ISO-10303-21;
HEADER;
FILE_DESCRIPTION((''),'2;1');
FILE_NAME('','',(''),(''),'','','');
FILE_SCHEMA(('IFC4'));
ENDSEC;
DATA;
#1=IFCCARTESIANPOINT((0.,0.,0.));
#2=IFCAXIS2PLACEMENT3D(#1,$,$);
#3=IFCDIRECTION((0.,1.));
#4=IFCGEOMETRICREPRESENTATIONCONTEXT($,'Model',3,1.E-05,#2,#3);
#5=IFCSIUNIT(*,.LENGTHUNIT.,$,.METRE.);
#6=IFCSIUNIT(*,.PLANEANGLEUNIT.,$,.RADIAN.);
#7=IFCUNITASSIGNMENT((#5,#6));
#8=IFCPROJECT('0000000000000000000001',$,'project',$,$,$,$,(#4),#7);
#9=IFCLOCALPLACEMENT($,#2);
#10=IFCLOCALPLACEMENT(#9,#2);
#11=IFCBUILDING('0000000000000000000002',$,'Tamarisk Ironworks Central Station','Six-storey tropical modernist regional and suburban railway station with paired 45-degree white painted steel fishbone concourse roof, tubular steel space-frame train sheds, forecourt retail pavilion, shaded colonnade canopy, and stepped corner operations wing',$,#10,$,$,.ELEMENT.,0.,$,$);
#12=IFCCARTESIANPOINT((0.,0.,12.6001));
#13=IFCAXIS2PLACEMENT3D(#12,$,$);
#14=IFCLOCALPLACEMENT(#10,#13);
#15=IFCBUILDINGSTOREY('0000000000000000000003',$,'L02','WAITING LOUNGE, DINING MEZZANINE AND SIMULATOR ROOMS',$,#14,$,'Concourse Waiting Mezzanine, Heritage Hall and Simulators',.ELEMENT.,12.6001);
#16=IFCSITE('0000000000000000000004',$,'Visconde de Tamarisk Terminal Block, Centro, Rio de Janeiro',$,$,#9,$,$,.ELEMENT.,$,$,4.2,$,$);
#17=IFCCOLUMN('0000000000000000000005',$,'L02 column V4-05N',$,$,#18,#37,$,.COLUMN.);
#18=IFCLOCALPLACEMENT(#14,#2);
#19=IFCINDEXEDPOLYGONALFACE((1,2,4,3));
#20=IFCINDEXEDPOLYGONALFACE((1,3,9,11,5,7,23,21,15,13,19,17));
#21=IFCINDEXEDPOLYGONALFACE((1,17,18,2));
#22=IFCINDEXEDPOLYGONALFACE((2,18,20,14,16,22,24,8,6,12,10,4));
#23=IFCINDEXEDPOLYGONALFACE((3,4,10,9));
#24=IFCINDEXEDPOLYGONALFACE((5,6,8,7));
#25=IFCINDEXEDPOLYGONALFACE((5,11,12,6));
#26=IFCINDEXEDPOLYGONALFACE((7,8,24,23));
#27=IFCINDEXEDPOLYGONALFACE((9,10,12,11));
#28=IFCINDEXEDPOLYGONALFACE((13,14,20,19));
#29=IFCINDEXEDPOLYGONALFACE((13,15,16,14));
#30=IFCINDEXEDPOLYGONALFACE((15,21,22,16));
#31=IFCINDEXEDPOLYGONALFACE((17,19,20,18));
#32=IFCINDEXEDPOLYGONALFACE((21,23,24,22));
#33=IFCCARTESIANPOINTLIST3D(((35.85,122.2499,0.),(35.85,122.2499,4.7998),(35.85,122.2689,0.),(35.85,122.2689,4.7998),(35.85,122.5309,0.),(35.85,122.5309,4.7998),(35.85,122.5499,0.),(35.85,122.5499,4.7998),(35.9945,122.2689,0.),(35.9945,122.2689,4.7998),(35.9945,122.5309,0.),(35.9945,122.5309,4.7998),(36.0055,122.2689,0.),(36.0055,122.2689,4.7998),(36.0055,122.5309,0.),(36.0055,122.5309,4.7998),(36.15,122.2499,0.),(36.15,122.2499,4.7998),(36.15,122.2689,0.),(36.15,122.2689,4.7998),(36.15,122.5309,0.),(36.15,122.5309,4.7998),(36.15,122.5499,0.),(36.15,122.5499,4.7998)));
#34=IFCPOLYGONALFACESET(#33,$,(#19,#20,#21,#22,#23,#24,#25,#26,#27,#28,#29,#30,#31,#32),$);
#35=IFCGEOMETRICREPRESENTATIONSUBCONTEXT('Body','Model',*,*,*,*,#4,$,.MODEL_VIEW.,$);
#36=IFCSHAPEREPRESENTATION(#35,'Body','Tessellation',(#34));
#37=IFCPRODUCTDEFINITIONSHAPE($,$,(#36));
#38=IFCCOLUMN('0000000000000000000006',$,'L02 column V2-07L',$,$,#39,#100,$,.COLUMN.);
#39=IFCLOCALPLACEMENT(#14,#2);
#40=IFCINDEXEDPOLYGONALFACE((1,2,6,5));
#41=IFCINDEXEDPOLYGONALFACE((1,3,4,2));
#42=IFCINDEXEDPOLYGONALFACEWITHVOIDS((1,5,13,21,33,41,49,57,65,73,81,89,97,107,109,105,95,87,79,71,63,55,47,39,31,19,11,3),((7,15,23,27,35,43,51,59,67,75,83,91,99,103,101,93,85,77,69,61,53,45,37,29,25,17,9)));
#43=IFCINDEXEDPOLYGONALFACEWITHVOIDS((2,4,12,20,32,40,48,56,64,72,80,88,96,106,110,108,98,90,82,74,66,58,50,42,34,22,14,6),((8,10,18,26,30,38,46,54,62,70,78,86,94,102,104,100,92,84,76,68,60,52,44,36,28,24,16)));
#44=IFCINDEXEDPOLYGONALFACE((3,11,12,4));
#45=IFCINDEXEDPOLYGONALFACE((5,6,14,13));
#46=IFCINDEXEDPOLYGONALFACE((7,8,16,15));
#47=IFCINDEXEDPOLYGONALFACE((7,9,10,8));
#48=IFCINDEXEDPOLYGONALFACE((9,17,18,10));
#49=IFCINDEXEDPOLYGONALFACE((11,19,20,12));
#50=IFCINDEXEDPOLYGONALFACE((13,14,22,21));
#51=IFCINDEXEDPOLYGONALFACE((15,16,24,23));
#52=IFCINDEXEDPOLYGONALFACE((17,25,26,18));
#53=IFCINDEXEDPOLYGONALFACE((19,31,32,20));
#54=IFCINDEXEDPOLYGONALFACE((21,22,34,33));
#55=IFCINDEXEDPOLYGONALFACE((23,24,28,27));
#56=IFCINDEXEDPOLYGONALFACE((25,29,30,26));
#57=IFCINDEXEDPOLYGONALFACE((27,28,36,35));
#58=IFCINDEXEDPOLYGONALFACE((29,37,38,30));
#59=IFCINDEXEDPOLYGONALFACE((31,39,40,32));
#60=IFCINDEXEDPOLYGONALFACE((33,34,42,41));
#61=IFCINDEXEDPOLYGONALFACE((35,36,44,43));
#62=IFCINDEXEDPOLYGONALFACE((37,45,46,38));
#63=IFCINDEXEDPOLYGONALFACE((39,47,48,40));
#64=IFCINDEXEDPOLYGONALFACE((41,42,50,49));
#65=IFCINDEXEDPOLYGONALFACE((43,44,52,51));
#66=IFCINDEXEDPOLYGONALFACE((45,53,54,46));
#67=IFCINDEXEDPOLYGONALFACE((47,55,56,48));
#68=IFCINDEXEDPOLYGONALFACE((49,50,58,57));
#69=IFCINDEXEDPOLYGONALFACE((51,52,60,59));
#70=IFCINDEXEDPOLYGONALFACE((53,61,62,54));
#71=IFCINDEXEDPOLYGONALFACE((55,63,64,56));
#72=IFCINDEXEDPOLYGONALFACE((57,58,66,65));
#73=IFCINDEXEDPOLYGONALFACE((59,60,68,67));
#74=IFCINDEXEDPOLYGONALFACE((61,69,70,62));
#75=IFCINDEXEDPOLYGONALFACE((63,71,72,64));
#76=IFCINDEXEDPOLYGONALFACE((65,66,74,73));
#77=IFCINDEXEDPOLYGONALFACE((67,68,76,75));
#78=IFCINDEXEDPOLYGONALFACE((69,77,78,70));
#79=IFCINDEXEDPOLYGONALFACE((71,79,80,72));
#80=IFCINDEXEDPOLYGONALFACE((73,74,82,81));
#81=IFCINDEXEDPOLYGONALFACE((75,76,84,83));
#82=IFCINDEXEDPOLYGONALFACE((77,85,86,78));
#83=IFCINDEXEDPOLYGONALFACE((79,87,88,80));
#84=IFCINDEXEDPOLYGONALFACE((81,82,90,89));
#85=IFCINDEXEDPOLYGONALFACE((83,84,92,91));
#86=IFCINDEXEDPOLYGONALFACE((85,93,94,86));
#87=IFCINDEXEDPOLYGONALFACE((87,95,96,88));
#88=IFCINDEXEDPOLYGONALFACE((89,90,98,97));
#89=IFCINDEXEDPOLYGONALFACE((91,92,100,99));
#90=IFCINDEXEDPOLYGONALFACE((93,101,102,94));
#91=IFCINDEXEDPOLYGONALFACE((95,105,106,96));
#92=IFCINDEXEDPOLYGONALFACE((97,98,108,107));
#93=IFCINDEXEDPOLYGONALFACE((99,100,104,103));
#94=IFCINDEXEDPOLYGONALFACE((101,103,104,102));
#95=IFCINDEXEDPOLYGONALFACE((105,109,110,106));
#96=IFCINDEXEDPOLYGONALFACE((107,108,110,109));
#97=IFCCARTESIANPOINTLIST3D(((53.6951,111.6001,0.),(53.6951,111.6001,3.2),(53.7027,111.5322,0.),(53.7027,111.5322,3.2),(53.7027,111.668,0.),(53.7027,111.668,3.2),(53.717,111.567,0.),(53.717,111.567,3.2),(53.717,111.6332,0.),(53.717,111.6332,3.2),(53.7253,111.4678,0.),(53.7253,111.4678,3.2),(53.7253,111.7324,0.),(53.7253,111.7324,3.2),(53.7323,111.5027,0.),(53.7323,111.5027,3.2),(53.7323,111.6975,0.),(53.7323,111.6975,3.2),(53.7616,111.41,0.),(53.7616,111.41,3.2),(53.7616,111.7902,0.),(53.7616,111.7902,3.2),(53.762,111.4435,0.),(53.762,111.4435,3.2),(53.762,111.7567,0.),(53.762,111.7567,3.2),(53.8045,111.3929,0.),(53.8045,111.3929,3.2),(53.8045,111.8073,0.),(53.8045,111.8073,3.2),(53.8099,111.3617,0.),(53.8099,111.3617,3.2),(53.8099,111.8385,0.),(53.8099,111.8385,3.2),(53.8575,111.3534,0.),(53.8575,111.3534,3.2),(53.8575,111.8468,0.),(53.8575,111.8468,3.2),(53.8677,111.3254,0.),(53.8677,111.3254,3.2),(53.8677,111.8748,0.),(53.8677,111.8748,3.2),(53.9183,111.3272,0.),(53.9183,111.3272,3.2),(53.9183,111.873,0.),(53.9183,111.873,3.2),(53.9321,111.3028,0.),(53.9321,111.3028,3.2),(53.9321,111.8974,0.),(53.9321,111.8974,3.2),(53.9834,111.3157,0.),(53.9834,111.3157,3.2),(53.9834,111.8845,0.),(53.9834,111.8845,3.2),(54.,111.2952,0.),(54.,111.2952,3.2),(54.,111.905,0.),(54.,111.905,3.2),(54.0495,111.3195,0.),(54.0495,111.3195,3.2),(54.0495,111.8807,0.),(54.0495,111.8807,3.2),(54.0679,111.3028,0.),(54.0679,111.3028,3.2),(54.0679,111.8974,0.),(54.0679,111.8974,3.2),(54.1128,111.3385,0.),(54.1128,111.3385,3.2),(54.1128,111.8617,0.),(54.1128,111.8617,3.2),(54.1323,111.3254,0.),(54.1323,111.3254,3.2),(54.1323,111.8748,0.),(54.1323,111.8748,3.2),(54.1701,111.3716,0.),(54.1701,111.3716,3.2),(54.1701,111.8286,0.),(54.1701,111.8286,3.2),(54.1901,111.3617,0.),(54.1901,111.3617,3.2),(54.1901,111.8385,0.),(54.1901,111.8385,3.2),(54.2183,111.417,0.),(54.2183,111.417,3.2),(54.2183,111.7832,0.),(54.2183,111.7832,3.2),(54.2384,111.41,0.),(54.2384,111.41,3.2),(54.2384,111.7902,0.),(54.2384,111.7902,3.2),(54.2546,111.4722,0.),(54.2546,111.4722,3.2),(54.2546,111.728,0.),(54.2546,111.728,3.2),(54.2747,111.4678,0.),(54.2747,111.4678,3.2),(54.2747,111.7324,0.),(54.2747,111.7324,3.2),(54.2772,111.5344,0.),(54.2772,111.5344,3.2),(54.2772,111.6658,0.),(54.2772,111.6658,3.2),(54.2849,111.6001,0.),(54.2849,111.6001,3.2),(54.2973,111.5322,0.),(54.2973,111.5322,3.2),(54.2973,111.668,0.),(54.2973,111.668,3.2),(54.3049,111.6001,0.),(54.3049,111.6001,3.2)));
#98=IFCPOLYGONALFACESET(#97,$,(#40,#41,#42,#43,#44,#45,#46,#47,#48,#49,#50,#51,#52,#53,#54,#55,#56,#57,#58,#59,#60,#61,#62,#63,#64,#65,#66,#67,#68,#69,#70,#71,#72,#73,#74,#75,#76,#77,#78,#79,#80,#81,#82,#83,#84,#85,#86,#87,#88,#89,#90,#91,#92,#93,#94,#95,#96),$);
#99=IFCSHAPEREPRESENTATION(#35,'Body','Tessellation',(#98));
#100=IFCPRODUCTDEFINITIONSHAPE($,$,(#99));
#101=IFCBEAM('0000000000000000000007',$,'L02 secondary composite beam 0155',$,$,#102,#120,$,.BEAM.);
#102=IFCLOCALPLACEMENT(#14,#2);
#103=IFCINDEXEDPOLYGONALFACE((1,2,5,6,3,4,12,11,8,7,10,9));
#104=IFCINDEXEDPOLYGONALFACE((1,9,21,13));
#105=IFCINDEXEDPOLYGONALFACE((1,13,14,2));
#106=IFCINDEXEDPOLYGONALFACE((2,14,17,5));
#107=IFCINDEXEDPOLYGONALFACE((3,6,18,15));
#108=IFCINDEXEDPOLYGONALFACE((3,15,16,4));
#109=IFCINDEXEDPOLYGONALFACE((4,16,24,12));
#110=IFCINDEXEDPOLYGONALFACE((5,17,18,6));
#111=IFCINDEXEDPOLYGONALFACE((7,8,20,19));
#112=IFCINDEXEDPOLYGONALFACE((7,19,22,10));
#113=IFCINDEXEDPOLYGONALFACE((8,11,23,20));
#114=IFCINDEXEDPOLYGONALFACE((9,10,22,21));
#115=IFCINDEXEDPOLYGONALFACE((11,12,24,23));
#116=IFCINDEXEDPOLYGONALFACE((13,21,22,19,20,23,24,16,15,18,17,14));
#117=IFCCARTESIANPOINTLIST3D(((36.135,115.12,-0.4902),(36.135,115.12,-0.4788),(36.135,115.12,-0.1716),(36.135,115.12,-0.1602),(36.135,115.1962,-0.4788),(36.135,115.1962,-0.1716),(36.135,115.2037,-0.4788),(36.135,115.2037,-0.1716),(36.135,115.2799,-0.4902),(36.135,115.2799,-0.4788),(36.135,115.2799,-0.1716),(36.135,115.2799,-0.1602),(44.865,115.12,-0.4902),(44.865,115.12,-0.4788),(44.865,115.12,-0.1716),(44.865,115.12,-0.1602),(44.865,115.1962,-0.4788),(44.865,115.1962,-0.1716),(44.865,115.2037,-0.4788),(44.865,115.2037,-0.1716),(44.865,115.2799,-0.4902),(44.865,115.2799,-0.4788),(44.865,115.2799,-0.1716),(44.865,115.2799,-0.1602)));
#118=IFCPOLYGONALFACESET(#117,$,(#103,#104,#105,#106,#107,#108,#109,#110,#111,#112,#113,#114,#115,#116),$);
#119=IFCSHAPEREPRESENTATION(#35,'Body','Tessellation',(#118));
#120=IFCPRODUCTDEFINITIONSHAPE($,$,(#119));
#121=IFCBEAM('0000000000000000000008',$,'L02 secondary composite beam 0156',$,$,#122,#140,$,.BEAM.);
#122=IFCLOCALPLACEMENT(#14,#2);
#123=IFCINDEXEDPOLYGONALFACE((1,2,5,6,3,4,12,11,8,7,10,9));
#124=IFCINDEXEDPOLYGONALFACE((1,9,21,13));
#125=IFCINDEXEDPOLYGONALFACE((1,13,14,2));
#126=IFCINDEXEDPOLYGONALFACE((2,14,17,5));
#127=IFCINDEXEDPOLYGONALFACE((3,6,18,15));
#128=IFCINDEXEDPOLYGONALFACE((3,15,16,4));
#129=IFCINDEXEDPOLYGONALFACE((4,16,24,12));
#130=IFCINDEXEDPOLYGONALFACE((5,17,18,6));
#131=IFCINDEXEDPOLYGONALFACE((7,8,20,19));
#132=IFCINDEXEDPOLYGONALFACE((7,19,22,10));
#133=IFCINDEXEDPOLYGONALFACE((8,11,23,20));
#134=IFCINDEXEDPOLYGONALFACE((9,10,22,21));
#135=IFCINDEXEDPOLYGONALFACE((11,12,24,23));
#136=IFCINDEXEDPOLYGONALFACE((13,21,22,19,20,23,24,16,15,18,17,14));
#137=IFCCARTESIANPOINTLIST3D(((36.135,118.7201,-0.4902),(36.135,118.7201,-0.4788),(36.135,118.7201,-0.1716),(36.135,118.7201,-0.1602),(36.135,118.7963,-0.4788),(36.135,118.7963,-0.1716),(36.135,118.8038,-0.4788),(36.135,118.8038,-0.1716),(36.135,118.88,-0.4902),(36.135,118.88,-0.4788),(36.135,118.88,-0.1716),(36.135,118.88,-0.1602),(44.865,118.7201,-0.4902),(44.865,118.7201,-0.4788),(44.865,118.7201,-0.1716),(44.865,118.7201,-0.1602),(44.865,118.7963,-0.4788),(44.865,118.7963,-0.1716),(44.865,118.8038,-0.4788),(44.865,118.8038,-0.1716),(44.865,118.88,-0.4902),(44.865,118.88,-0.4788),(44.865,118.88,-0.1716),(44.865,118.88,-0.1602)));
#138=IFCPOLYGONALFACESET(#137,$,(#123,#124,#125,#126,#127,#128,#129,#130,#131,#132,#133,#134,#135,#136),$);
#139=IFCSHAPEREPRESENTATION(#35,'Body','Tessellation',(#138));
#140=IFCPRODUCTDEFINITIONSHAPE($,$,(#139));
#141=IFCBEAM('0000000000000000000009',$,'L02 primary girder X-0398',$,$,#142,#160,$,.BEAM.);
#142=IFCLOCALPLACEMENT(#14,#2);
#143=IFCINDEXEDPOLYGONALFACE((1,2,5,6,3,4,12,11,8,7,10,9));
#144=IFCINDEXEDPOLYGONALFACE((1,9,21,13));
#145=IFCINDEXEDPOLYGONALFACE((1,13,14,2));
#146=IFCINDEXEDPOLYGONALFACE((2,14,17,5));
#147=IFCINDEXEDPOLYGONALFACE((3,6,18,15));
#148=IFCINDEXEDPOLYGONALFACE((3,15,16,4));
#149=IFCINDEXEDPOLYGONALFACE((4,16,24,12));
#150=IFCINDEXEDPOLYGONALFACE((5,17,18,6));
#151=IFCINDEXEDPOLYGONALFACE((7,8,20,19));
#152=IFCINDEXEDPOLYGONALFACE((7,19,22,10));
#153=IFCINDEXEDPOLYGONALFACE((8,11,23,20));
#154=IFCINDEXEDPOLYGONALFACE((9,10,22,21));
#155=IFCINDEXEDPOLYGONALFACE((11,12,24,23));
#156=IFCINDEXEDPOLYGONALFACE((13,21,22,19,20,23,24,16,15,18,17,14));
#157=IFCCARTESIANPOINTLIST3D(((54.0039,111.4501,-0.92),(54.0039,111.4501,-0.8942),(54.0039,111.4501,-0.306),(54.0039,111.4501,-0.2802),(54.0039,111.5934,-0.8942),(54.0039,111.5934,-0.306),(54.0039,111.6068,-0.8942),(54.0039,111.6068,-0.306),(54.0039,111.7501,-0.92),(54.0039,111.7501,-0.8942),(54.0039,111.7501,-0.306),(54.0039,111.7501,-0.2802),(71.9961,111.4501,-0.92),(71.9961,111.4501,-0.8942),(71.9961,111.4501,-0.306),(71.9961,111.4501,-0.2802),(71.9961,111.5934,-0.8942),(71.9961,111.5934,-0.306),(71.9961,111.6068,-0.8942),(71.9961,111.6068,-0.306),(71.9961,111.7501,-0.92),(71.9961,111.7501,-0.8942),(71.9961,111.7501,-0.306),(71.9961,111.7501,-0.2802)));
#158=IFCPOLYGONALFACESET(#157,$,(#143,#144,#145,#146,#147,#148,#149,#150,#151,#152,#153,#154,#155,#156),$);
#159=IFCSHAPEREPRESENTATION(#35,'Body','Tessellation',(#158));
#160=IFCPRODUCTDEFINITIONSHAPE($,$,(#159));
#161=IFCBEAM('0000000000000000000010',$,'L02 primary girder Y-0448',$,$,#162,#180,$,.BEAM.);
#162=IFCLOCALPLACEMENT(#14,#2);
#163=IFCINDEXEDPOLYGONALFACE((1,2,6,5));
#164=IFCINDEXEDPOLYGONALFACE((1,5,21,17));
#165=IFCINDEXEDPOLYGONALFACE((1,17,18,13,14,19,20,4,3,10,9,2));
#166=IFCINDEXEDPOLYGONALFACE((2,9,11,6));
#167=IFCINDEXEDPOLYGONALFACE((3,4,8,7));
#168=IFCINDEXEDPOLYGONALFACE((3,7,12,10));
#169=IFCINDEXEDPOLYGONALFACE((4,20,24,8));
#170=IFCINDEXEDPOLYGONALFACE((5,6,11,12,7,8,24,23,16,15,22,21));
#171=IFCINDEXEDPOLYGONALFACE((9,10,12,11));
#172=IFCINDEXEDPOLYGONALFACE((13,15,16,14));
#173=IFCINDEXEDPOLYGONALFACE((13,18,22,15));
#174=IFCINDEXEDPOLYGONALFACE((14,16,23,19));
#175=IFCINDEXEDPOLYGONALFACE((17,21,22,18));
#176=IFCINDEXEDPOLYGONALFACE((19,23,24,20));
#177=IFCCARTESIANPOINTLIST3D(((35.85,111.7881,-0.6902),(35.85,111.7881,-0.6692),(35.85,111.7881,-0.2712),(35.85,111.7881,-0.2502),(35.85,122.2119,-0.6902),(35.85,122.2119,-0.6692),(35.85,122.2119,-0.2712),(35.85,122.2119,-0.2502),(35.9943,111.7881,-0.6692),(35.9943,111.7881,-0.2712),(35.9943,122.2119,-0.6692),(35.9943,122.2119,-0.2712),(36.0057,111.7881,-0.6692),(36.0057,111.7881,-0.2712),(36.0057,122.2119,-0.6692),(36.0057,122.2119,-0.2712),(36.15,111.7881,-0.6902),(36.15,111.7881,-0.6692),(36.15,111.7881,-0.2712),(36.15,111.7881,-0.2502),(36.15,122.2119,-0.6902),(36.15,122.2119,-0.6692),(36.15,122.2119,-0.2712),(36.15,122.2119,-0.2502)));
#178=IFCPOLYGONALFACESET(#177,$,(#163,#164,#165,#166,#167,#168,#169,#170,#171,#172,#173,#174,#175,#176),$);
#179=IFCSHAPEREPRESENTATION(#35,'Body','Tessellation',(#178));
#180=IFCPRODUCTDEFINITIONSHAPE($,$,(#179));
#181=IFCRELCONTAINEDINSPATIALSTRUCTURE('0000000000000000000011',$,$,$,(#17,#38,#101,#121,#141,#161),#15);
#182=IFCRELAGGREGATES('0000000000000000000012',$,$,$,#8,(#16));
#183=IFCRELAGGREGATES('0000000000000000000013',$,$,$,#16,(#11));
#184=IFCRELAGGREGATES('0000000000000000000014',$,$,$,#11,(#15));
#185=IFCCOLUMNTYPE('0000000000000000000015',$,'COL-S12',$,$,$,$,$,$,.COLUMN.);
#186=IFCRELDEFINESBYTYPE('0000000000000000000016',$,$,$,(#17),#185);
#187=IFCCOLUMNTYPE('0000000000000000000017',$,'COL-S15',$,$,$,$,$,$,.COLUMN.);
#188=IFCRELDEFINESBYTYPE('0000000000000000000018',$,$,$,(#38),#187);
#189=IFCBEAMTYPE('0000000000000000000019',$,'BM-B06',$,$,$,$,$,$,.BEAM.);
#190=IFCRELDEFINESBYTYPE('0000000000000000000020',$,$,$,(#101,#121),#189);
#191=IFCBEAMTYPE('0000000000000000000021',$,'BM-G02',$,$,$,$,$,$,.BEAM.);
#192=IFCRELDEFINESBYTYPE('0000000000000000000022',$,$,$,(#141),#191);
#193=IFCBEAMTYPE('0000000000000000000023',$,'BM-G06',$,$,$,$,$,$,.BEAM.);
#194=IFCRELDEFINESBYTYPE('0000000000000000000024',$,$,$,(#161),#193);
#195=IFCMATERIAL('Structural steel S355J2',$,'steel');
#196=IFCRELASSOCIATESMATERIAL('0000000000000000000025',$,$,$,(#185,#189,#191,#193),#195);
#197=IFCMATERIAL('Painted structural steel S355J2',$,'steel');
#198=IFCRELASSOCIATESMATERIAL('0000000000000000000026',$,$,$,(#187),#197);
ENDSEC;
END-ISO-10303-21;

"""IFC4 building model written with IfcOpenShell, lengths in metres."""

from ifc_helpers import new_model, si_unit, direction, frame, origin, origin_2d, place, context, subcontext, project, spatial, hollow_circle, i_section, extrude, material, material_profile, profile_set, type_object, element, save


model = new_model("IFC4")

# Units and contexts
model_context = context("Model", 3, precision=1e-05, world=origin(), true_north=direction((0.0, 1.0)))
body_context = subcontext(model_context, "Body", "Model", "MODEL_VIEW")
ifc_project = project(units=[si_unit("LENGTHUNIT", "METRE"), si_unit("PLANEANGLEUNIT", "RADIAN")], contexts=[model_context])

# Site, building, storey
site_placement = place(None, origin())
site = spatial("IfcSite", under=ifc_project, at=site_placement, Name="Visconde de Tamarisk Terminal Block, Centro, Rio de Janeiro", CompositionType="ELEMENT", RefElevation=4.2)
building_placement = place(site_placement, origin())
building = spatial("IfcBuilding", under=site, at=building_placement, Name="Tamarisk Ironworks Central Station", Description="Six-storey tropical modernist regional and suburban railway station with paired 45-degree white painted steel fishbone concourse roof, tubular steel space-frame train sheds, forecourt retail pavilion, shaded colonnade canopy, and stepped corner operations wing", CompositionType="ELEMENT", ElevationOfRefHeight=0.0)
storey_placement = place(building_placement, frame((0.0, 0.0, 12.6001)))
storey = spatial("IfcBuildingStorey", under=building, at=storey_placement, Name="L02", Description="WAITING LOUNGE, DINING MEZZANINE AND SIMULATOR ROOMS", LongName="Concourse Waiting Mezzanine, Heritage Hall and Simulators", CompositionType="ELEMENT", Elevation=12.6001)

# Columns
ifc_material_1 = material(Name="Structural steel S355J2", Category="steel")
ifc_material_profile_1 = material_profile(ifc_material_1, i_section(OverallWidth=0.3, OverallDepth=0.3, WebThickness=0.011, FlangeThickness=0.019, at=origin_2d()), Name="HEB 300")
ifc_profile_set_1 = profile_set([ifc_material_profile_1], Name="Structural steel S355J2")
column_type_1 = type_object("IfcColumnType", Name="COL-S12", PredefinedType="COLUMN", material=ifc_profile_set_1)
column_1_placement = place(storey_placement, frame((36.0, 122.3999, 0.0), z_axis=(0.0, 0.0, 1.0), x_axis=(1.0, 0.0, 0.0)))
element("IfcColumn", 1, at=column_1_placement, inside=storey, type_object=column_type_1, Name="L02 column V4-05N", PredefinedType="COLUMN", context=body_context, shape_type="SweptSolid", body=[
    extrude(i_section(OverallWidth=0.3, OverallDepth=0.3, WebThickness=0.011, FlangeThickness=0.019, at=origin_2d()), origin(), (0.0, 0.0, 1.0), 4.7998),
])
ifc_material_2 = material(Name="Painted structural steel S355J2", Category="steel")
ifc_material_profile_2 = material_profile(ifc_material_2, hollow_circle(Radius=0.3049, WallThickness=0.02, at=origin_2d()), Name="CHS 610x20")
ifc_profile_set_2 = profile_set([ifc_material_profile_2], Name="Painted structural steel S355J2")
column_type_2 = type_object("IfcColumnType", Name="COL-S15", PredefinedType="COLUMN", material=ifc_profile_set_2)
column_2_placement = place(storey_placement, frame((54.0, 111.6001, 0.0), z_axis=(0.0, 0.0, 1.0), x_axis=(1.0, 0.0, 0.0)))
element("IfcColumn", 2, at=column_2_placement, inside=storey, type_object=column_type_2, Name="L02 column V2-07L", PredefinedType="COLUMN", context=body_context, shape_type="SweptSolid", body=[
    extrude(hollow_circle(Radius=0.3049, WallThickness=0.02, at=origin_2d()), origin(), (0.0, 0.0, 1.0), 3.2),
])

# Beams
ifc_material_profile_3 = material_profile(ifc_material_1, i_section(OverallWidth=0.1599, OverallDepth=0.3301, WebThickness=0.0076, FlangeThickness=0.0115, at=origin_2d()), Name="IPE 330")
ifc_profile_set_3 = profile_set([ifc_material_profile_3], Name="Structural steel S355J2")
beam_type_1 = type_object("IfcBeamType", Name="BM-B06", PredefinedType="BEAM", material=ifc_profile_set_3)
for number, where, z_axis, x_axis, name in (
    (3, (36.135, 115.2, -0.3252), (1.0, 0.0, 0.0), (0.0, 1.0, 0.0), "L02 secondary composite beam 0155"),
    (4, (36.135, 118.8, -0.3252), (1.0, 0.0, 0.0), (0.0, 1.0, 0.0), "L02 secondary composite beam 0156"),
):
    element("IfcBeam", number, at=place(storey_placement, frame(where, z_axis=z_axis, x_axis=x_axis)), inside=storey, type_object=beam_type_1, Name=name, PredefinedType="BEAM", context=body_context, shape_type="SweptSolid", body=[
        extrude(i_section(OverallWidth=0.1599, OverallDepth=0.3301, WebThickness=0.0076, FlangeThickness=0.0115, at=origin_2d()), origin(), (0.0, 0.0, 1.0), 8.73),
    ])
ifc_material_profile_4 = material_profile(ifc_material_1, i_section(OverallWidth=0.3, OverallDepth=0.6399, WebThickness=0.0134, FlangeThickness=0.0259, at=origin_2d()), Name="HEA 650")
ifc_profile_set_4 = profile_set([ifc_material_profile_4], Name="Structural steel S355J2")
beam_type_2 = type_object("IfcBeamType", Name="BM-G02", PredefinedType="BEAM", material=ifc_profile_set_4)
beam_1_placement = place(storey_placement, frame((54.0039, 111.6001, -0.6001), z_axis=(1.0, 0.0, 0.0), x_axis=(0.0, 1.0, 0.0)))
element("IfcBeam", 5, at=beam_1_placement, inside=storey, type_object=beam_type_2, Name="L02 primary girder X-0398", PredefinedType="BEAM", context=body_context, shape_type="SweptSolid", body=[
    extrude(i_section(OverallWidth=0.3, OverallDepth=0.6399, WebThickness=0.0134, FlangeThickness=0.0259, at=origin_2d()), origin(), (0.0, 0.0, 1.0), 17.9922),
])
ifc_material_profile_5 = material_profile(ifc_material_1, i_section(OverallWidth=0.3, OverallDepth=0.4399, WebThickness=0.0115, FlangeThickness=0.021, at=origin_2d()), Name="HEA 450")
ifc_profile_set_5 = profile_set([ifc_material_profile_5], Name="Structural steel S355J2")
beam_type_3 = type_object("IfcBeamType", Name="BM-G06", PredefinedType="BEAM", material=ifc_profile_set_5)
for number, where, z_axis, x_axis, name in (
    (6, (36.0, 111.7881, -0.4702), (0.0, 1.0, 0.0), (-1.0, 0.0, 0.0), "L02 primary girder Y-0448"),
):
    element("IfcBeam", number, at=place(storey_placement, frame(where, z_axis=z_axis, x_axis=x_axis)), inside=storey, type_object=beam_type_3, Name=name, PredefinedType="BEAM", context=body_context, shape_type="SweptSolid", body=[
        extrude(i_section(OverallWidth=0.3, OverallDepth=0.4399, WebThickness=0.0115, FlangeThickness=0.021, at=origin_2d()), origin(), (0.0, 0.0, 1.0), 10.4238),
    ])

save(model, "model.ifc")
